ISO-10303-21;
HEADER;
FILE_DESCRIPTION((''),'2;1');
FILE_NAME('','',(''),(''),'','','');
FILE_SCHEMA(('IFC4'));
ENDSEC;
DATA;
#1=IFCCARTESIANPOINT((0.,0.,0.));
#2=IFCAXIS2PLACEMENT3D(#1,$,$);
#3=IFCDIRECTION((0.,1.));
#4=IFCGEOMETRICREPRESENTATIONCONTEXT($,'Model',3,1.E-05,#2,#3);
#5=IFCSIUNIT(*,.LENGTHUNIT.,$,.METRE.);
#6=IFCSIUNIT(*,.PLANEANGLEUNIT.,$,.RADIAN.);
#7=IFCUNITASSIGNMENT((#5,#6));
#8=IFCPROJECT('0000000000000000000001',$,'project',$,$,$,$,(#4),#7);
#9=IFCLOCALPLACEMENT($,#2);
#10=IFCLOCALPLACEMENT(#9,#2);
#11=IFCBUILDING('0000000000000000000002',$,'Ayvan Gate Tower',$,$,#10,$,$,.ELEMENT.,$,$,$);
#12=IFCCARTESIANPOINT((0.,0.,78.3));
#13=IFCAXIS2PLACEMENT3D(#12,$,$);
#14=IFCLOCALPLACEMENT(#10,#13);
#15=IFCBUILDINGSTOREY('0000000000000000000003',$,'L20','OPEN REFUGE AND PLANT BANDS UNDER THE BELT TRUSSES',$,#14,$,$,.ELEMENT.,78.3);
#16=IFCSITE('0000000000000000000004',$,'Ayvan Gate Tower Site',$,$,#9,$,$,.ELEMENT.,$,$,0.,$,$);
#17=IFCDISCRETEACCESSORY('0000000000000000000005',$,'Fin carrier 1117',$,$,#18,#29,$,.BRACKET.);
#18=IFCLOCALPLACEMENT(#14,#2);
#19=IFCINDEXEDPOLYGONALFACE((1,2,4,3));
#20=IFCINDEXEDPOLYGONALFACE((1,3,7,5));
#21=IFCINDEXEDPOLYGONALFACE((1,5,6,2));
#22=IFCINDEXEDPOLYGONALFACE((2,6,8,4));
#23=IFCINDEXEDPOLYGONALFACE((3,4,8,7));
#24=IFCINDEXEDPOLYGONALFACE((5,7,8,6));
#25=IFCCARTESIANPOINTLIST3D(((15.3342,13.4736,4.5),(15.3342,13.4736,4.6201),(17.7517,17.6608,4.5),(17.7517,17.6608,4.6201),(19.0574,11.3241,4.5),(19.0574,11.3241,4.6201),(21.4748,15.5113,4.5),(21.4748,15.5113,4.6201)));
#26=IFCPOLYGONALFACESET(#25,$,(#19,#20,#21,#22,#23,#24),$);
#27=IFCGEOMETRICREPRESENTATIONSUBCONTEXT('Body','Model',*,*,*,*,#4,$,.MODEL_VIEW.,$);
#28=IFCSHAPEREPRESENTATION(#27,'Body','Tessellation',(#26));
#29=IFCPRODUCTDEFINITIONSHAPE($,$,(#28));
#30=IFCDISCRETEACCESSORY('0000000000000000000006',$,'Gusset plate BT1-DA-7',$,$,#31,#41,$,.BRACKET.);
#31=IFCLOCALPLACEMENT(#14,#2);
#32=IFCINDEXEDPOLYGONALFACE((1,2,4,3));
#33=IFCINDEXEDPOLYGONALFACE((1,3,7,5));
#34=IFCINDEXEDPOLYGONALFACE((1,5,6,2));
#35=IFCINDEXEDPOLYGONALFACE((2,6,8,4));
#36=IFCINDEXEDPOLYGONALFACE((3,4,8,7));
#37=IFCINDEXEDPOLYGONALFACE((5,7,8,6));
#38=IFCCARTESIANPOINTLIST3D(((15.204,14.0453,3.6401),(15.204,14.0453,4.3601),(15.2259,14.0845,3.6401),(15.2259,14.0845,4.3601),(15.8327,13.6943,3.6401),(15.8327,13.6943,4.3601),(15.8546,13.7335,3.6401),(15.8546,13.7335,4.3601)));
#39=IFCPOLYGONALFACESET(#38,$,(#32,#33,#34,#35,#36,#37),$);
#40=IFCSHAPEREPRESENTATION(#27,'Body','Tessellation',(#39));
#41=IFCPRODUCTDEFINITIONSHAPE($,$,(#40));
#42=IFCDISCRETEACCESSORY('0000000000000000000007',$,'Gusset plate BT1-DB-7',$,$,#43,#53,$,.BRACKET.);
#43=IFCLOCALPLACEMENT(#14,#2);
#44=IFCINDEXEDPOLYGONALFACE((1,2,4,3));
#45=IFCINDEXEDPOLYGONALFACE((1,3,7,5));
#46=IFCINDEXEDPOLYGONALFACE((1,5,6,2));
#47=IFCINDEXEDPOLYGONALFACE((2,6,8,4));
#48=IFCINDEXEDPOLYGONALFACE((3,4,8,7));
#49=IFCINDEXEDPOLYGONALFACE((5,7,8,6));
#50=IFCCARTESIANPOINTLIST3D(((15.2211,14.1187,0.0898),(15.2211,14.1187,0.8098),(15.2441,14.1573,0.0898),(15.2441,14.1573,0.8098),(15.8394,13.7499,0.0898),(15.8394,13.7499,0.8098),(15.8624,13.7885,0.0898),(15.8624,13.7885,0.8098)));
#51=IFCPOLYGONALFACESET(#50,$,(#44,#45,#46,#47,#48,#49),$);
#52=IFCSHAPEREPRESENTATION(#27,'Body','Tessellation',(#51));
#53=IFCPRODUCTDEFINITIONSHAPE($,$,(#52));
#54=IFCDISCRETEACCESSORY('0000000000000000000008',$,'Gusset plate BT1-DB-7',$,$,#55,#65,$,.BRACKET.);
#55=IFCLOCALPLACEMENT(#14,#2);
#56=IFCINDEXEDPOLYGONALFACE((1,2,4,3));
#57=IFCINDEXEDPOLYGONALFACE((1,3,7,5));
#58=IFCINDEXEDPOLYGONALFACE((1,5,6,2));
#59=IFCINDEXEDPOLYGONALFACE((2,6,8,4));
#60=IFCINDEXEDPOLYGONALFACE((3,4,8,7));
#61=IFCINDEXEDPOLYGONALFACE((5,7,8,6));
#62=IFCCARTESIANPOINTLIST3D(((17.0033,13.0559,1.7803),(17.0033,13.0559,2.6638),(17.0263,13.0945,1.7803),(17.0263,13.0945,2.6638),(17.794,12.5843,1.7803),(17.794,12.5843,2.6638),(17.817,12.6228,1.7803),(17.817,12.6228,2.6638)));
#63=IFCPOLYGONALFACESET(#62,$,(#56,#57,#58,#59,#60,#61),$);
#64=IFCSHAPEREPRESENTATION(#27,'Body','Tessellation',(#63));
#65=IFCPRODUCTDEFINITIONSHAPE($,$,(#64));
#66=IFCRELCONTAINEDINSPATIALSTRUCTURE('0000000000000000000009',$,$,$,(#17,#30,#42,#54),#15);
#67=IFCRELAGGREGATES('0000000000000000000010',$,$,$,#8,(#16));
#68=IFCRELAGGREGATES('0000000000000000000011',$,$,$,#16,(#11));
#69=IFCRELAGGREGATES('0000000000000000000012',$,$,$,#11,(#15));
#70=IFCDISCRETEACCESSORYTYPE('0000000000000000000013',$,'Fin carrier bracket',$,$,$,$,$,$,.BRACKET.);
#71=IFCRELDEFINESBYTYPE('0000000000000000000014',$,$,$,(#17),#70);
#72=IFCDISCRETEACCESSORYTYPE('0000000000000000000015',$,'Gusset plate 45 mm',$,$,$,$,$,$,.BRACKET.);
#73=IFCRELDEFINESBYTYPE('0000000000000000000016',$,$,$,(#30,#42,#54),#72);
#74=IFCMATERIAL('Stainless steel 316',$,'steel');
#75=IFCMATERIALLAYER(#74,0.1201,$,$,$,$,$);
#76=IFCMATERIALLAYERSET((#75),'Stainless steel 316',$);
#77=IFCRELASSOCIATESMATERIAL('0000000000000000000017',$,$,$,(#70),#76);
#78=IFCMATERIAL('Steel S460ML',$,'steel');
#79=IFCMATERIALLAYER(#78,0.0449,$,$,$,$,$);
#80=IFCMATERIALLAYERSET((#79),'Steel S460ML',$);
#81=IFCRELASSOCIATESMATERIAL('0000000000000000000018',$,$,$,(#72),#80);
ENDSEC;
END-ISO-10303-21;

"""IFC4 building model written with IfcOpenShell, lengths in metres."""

from ifc_helpers import new_model, si_unit, direction, frame, origin, origin_2d, place, context, subcontext, project, spatial, rectangle, extrude, material, layer, layer_set, type_object, element, save


model = new_model("IFC4")

# Units and contexts
model_context = context("Model", 3, precision=1e-05, world=origin(), true_north=direction((0.0, 1.0)))
body_context = subcontext(model_context, "Body", "Model", "MODEL_VIEW")
ifc_project = project(units=[si_unit("LENGTHUNIT", "METRE"), si_unit("PLANEANGLEUNIT", "RADIAN")], contexts=[model_context])

# Site, building, storey
site_placement = place(None, origin())
site = spatial("IfcSite", under=ifc_project, at=site_placement, Name="Ayvan Gate Tower Site", CompositionType="ELEMENT", RefElevation=0.0)
building_placement = place(site_placement, origin())
building = spatial("IfcBuilding", under=site, at=building_placement, Name="Ayvan Gate Tower", CompositionType="ELEMENT")
storey_placement = place(building_placement, frame((0.0, 0.0, 78.3)))
storey = spatial("IfcBuildingStorey", under=building, at=storey_placement, Name="L20", Description="OPEN REFUGE AND PLANT BANDS UNDER THE BELT TRUSSES", CompositionType="ELEMENT", Elevation=78.3)

# Shared definitions
ifc_material_1 = material(Name="Steel S460ML", Category="steel")

# Discrete accessories
ifc_material_2 = material(Name="Stainless steel 316", Category="steel")
ifc_layer_1 = layer(ifc_material_2, 0.1201)
ifc_layer_set_1 = layer_set([ifc_layer_1], Name="Stainless steel 316")
discrete_accessory_type_1 = type_object("IfcDiscreteAccessoryType", Name="Fin carrier bracket", PredefinedType="BRACKET", material=ifc_layer_set_1)
discrete_accessory_1_placement = place(storey_placement, frame((18.4045, 14.4924, 4.5), z_axis=(0.0, 0.0, 1.0), x_axis=(-0.866025, 0.5, 0.0)))
element("IfcDiscreteAccessory", 1, at=discrete_accessory_1_placement, inside=storey, type_object=discrete_accessory_type_1, Name="Fin carrier 1117", PredefinedType="BRACKET", context=body_context, shape_type="SweptSolid", body=[
    extrude(rectangle(XDim=4.2991, YDim=4.835, at=origin_2d()), origin(), (0.0, 0.0, 1.0), 0.1201),
])
ifc_layer_2 = layer(ifc_material_1, 0.0449)
ifc_layer_set_2 = layer_set([ifc_layer_2], Name="Steel S460ML")
discrete_accessory_type_2 = type_object("IfcDiscreteAccessoryType", Name="Gusset plate 45 mm", PredefinedType="BRACKET", material=ifc_layer_set_2)
for number, where, z_axis, x_axis, name in (
    (2, (15.5293, 13.8894, 3.6401), (0.0, 0.0, 1.0), (-0.873139, 0.487471, 0.0), "Gusset plate BT1-DA-7"),
    (3, (15.5417, 13.9536, 0.0898), (0.0, 0.0, 1.0), (-0.858828, 0.512263, 0.0), "Gusset plate BT1-DB-7"),
):
    element("IfcDiscreteAccessory", number, at=place(storey_placement, frame(where, z_axis=z_axis, x_axis=x_axis)), inside=storey, type_object=discrete_accessory_type_2, Name=name, PredefinedType="BRACKET", context=body_context, shape_type="SweptSolid", body=[
        extrude(rectangle(XDim=0.72, YDim=0.0449, at=origin_2d()), origin(), (0.0, 0.0, 1.0), 0.72),
    ])
discrete_accessory_2_placement = place(storey_placement, frame((17.4102, 12.8394, 1.7803), z_axis=(0.0, 0.0, 1.0), x_axis=(-0.858828, 0.512263, 0.0)))
element("IfcDiscreteAccessory", 4, at=discrete_accessory_2_placement, inside=storey, type_object=discrete_accessory_type_2, Name="Gusset plate BT1-DB-7", PredefinedType="BRACKET", context=body_context, shape_type="SweptSolid", body=[
    extrude(rectangle(XDim=0.9207, YDim=0.0449, at=origin_2d()), origin(), (0.0, 0.0, 1.0), 0.8835),
])

save(model, "model.ifc")
